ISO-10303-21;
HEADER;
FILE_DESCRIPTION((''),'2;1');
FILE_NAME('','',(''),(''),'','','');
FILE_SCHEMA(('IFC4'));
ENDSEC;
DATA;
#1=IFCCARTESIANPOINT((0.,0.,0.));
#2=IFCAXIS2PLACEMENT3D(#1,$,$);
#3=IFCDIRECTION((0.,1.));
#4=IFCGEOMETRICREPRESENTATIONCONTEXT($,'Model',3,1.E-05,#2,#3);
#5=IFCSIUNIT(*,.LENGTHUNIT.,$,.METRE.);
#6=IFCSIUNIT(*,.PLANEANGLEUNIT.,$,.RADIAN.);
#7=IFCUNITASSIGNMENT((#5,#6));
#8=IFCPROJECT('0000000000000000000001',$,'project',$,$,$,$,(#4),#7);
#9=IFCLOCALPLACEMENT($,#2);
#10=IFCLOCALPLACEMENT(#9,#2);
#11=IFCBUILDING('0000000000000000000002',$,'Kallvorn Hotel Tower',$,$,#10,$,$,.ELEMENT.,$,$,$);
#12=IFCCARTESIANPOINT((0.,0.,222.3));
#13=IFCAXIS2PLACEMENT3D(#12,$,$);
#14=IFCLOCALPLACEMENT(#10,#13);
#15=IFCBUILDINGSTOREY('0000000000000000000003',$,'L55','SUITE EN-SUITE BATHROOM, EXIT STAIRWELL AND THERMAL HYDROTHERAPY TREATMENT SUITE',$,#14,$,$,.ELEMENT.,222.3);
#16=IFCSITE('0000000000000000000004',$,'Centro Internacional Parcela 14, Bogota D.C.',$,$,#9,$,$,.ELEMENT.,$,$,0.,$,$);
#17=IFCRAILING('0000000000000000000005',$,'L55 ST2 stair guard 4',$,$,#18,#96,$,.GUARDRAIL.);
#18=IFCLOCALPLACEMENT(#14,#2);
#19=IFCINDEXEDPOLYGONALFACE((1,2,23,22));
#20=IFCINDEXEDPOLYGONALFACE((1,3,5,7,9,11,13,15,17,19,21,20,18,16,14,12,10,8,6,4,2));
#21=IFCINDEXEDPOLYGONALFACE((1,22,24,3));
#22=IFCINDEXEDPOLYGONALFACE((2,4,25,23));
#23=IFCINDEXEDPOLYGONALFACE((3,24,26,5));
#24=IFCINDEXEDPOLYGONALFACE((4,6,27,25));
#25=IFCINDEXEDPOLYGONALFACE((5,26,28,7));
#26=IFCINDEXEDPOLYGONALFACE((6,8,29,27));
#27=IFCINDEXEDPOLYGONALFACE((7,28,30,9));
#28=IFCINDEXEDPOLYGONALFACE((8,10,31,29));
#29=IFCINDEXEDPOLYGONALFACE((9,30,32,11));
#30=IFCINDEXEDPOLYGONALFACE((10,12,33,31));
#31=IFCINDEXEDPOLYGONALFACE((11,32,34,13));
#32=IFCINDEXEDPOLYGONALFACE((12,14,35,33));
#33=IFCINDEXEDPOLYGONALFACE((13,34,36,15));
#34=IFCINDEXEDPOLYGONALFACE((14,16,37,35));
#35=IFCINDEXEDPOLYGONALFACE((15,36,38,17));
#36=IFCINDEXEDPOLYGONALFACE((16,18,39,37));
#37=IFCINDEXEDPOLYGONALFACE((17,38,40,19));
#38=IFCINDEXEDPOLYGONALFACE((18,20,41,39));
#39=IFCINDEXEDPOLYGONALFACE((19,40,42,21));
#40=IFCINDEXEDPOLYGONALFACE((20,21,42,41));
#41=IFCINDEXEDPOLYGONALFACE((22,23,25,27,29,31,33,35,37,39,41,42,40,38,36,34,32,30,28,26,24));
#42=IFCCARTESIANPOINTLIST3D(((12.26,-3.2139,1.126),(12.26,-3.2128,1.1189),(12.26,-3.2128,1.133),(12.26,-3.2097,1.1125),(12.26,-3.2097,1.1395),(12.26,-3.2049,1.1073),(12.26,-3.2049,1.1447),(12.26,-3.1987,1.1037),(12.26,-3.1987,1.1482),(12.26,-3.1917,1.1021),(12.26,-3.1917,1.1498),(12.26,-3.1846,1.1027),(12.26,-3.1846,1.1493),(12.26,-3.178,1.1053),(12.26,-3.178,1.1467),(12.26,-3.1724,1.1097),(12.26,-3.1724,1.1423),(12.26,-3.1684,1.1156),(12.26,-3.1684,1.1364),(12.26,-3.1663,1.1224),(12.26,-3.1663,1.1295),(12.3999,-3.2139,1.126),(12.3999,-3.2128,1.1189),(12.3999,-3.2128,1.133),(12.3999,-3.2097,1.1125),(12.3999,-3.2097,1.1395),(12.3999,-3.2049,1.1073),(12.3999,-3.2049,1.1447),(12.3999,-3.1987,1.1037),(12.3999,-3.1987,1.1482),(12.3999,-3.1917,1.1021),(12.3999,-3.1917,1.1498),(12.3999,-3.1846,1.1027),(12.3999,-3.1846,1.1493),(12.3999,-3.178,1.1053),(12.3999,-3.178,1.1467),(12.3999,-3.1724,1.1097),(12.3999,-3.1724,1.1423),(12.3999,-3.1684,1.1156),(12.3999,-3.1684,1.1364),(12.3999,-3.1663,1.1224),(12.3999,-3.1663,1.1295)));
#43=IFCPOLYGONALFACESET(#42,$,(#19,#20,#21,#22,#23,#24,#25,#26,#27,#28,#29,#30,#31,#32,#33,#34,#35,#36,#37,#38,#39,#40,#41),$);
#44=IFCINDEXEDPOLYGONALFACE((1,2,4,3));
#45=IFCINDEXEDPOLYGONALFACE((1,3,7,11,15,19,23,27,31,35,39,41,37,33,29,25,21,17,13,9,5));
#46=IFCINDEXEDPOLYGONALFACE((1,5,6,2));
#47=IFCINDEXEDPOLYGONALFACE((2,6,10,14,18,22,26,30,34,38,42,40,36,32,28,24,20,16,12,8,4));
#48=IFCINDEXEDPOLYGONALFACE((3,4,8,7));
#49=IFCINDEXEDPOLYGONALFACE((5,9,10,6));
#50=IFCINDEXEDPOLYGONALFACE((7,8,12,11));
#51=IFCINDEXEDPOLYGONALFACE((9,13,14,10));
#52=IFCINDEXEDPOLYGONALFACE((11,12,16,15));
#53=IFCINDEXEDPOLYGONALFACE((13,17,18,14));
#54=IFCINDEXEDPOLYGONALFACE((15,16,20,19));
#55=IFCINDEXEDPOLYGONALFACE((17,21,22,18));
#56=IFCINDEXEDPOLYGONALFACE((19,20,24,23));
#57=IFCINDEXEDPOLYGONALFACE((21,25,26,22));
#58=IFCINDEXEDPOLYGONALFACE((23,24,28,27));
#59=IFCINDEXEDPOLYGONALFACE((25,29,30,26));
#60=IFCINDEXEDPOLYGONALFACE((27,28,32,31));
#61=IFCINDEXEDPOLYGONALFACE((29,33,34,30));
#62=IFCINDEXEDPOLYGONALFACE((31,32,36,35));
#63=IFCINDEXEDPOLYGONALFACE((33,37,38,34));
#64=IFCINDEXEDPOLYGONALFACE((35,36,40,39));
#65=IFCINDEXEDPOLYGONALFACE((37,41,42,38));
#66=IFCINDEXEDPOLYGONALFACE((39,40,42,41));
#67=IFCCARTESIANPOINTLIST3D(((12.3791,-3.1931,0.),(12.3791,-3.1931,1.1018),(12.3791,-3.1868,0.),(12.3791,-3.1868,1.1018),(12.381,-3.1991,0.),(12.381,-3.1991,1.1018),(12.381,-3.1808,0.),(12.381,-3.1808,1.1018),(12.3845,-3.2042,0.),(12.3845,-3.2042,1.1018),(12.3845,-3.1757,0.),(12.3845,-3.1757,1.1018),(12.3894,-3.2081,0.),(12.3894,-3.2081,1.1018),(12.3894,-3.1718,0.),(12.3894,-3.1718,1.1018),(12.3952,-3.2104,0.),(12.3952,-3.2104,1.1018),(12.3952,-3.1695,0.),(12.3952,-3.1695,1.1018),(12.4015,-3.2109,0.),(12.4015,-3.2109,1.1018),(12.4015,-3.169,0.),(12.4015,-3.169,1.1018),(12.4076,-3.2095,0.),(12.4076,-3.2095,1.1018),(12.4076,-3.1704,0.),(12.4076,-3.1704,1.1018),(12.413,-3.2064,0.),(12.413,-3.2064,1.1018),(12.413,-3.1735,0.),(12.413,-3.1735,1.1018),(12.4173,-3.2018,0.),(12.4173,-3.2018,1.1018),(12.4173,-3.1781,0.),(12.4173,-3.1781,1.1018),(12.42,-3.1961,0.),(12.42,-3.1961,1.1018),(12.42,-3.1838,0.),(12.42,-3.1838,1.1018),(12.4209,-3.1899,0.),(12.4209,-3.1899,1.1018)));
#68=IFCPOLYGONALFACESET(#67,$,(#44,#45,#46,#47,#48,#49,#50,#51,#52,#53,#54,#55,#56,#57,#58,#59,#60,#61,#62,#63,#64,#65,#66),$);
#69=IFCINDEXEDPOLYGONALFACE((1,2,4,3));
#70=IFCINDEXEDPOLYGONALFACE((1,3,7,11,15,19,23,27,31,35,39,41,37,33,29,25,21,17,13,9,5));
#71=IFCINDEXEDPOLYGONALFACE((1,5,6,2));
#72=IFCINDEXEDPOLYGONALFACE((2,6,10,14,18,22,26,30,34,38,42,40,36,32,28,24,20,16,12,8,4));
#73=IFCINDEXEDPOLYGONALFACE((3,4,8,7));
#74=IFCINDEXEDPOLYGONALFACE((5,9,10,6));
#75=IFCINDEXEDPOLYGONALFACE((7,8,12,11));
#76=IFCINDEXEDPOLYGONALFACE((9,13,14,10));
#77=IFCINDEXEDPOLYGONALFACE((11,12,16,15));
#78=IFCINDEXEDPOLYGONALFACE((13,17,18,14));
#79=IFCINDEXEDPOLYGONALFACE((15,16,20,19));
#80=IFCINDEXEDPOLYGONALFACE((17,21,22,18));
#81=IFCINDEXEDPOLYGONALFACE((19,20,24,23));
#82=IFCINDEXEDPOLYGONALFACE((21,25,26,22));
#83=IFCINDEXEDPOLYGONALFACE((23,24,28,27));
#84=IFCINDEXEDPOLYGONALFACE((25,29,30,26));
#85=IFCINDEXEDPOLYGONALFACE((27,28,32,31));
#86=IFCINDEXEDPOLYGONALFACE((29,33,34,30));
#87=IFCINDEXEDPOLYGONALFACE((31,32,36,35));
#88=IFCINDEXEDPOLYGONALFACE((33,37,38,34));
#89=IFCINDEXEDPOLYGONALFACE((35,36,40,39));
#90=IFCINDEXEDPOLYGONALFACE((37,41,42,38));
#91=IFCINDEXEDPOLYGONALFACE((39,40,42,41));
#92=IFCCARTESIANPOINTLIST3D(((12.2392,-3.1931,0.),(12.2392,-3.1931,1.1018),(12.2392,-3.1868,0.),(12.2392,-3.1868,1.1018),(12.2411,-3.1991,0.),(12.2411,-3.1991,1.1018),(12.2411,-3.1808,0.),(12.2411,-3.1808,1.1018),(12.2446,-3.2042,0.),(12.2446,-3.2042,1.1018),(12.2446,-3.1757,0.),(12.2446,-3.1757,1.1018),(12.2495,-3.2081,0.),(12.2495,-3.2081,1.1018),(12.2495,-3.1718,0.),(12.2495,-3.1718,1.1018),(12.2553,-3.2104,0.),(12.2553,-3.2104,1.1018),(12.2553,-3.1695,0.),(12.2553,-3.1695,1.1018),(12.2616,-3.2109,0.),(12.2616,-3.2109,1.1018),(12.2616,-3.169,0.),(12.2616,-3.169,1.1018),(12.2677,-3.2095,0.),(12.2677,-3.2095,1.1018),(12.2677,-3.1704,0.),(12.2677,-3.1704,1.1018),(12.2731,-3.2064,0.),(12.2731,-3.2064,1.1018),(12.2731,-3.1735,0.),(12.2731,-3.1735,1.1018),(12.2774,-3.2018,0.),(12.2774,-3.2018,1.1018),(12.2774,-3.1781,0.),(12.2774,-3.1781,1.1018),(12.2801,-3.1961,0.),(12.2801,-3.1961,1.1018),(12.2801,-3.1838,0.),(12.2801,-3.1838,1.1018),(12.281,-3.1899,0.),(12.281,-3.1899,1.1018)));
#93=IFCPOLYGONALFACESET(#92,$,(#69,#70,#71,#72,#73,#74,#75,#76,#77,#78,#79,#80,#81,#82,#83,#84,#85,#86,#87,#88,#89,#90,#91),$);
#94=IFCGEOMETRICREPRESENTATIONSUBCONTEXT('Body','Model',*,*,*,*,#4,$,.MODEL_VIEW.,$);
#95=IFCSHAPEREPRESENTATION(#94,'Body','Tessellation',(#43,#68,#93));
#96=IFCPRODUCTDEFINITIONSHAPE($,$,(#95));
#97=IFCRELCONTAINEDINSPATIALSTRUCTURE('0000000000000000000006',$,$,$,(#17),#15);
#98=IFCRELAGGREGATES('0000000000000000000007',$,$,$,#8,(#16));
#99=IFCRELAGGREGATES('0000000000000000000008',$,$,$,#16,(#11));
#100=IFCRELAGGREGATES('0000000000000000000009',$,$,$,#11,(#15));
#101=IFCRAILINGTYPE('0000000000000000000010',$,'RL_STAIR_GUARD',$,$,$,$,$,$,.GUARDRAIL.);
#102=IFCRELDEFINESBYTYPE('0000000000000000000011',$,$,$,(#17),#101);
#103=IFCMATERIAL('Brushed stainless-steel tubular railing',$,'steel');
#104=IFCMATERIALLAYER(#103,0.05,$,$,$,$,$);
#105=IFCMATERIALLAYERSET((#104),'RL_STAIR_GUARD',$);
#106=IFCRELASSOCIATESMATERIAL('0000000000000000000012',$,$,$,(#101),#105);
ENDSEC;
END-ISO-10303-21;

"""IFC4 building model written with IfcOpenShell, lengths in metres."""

from ifc_helpers import new_model, si_unit, direction, frame, origin, origin_2d, place, context, subcontext, project, spatial, circle, extrude, material, layer, layer_set, type_object, element, save


model = new_model("IFC4")

# Units and contexts
model_context = context("Model", 3, precision=1e-05, world=origin(), true_north=direction((0.0, 1.0)))
body_context = subcontext(model_context, "Body", "Model", "MODEL_VIEW")
ifc_project = project(units=[si_unit("LENGTHUNIT", "METRE"), si_unit("PLANEANGLEUNIT", "RADIAN")], contexts=[model_context])

# Site, building, storey
site_placement = place(None, origin())
site = spatial("IfcSite", under=ifc_project, at=site_placement, Name="Centro Internacional Parcela 14, Bogota D.C.", CompositionType="ELEMENT", RefElevation=0.0)
building_placement = place(site_placement, origin())
building = spatial("IfcBuilding", under=site, at=building_placement, Name="Kallvorn Hotel Tower", CompositionType="ELEMENT")
storey_placement = place(building_placement, frame((0.0, 0.0, 222.3)))
storey = spatial("IfcBuildingStorey", under=building, at=storey_placement, Name="L55", Description="SUITE EN-SUITE BATHROOM, EXIT STAIRWELL AND THERMAL HYDROTHERAPY TREATMENT SUITE", CompositionType="ELEMENT", Elevation=222.3)

# Railing
ifc_material_1 = material(Name="Brushed stainless-steel tubular railing", Category="steel")
ifc_layer_1 = layer(ifc_material_1, 0.05)
ifc_layer_set_1 = layer_set([ifc_layer_1], Name="RL_STAIR_GUARD")
railing_type_1 = type_object("IfcRailingType", Name="RL_STAIR_GUARD", PredefinedType="GUARDRAIL", material=ifc_layer_set_1)
railing_1_placement = place(storey_placement, frame((12.3999, -3.1899, 0.0)))
element("IfcRailing", 1, at=railing_1_placement, inside=storey, type_object=railing_type_1, Name="L55 ST2 stair guard 4", PredefinedType="GUARDRAIL", context=body_context, shape_type="SweptSolid", body=[
    extrude(circle(Radius=0.0239, at=origin_2d()), frame((0.0, 0.0, 1.126), z_axis=(-1.0, 0.0, 0.0), x_axis=(0.0, -1.0, 0.0)), (0.0, 0.0, 1.0), 0.1399),
    extrude(circle(Radius=0.021, at=origin_2d()), origin(), (0.0, 0.0, 1.0), 1.1018),
    extrude(circle(Radius=0.021, at=origin_2d()), frame((-0.1399, 0.0, 0.0)), (0.0, 0.0, 1.0), 1.1018),
])

save(model, "model.ifc")
